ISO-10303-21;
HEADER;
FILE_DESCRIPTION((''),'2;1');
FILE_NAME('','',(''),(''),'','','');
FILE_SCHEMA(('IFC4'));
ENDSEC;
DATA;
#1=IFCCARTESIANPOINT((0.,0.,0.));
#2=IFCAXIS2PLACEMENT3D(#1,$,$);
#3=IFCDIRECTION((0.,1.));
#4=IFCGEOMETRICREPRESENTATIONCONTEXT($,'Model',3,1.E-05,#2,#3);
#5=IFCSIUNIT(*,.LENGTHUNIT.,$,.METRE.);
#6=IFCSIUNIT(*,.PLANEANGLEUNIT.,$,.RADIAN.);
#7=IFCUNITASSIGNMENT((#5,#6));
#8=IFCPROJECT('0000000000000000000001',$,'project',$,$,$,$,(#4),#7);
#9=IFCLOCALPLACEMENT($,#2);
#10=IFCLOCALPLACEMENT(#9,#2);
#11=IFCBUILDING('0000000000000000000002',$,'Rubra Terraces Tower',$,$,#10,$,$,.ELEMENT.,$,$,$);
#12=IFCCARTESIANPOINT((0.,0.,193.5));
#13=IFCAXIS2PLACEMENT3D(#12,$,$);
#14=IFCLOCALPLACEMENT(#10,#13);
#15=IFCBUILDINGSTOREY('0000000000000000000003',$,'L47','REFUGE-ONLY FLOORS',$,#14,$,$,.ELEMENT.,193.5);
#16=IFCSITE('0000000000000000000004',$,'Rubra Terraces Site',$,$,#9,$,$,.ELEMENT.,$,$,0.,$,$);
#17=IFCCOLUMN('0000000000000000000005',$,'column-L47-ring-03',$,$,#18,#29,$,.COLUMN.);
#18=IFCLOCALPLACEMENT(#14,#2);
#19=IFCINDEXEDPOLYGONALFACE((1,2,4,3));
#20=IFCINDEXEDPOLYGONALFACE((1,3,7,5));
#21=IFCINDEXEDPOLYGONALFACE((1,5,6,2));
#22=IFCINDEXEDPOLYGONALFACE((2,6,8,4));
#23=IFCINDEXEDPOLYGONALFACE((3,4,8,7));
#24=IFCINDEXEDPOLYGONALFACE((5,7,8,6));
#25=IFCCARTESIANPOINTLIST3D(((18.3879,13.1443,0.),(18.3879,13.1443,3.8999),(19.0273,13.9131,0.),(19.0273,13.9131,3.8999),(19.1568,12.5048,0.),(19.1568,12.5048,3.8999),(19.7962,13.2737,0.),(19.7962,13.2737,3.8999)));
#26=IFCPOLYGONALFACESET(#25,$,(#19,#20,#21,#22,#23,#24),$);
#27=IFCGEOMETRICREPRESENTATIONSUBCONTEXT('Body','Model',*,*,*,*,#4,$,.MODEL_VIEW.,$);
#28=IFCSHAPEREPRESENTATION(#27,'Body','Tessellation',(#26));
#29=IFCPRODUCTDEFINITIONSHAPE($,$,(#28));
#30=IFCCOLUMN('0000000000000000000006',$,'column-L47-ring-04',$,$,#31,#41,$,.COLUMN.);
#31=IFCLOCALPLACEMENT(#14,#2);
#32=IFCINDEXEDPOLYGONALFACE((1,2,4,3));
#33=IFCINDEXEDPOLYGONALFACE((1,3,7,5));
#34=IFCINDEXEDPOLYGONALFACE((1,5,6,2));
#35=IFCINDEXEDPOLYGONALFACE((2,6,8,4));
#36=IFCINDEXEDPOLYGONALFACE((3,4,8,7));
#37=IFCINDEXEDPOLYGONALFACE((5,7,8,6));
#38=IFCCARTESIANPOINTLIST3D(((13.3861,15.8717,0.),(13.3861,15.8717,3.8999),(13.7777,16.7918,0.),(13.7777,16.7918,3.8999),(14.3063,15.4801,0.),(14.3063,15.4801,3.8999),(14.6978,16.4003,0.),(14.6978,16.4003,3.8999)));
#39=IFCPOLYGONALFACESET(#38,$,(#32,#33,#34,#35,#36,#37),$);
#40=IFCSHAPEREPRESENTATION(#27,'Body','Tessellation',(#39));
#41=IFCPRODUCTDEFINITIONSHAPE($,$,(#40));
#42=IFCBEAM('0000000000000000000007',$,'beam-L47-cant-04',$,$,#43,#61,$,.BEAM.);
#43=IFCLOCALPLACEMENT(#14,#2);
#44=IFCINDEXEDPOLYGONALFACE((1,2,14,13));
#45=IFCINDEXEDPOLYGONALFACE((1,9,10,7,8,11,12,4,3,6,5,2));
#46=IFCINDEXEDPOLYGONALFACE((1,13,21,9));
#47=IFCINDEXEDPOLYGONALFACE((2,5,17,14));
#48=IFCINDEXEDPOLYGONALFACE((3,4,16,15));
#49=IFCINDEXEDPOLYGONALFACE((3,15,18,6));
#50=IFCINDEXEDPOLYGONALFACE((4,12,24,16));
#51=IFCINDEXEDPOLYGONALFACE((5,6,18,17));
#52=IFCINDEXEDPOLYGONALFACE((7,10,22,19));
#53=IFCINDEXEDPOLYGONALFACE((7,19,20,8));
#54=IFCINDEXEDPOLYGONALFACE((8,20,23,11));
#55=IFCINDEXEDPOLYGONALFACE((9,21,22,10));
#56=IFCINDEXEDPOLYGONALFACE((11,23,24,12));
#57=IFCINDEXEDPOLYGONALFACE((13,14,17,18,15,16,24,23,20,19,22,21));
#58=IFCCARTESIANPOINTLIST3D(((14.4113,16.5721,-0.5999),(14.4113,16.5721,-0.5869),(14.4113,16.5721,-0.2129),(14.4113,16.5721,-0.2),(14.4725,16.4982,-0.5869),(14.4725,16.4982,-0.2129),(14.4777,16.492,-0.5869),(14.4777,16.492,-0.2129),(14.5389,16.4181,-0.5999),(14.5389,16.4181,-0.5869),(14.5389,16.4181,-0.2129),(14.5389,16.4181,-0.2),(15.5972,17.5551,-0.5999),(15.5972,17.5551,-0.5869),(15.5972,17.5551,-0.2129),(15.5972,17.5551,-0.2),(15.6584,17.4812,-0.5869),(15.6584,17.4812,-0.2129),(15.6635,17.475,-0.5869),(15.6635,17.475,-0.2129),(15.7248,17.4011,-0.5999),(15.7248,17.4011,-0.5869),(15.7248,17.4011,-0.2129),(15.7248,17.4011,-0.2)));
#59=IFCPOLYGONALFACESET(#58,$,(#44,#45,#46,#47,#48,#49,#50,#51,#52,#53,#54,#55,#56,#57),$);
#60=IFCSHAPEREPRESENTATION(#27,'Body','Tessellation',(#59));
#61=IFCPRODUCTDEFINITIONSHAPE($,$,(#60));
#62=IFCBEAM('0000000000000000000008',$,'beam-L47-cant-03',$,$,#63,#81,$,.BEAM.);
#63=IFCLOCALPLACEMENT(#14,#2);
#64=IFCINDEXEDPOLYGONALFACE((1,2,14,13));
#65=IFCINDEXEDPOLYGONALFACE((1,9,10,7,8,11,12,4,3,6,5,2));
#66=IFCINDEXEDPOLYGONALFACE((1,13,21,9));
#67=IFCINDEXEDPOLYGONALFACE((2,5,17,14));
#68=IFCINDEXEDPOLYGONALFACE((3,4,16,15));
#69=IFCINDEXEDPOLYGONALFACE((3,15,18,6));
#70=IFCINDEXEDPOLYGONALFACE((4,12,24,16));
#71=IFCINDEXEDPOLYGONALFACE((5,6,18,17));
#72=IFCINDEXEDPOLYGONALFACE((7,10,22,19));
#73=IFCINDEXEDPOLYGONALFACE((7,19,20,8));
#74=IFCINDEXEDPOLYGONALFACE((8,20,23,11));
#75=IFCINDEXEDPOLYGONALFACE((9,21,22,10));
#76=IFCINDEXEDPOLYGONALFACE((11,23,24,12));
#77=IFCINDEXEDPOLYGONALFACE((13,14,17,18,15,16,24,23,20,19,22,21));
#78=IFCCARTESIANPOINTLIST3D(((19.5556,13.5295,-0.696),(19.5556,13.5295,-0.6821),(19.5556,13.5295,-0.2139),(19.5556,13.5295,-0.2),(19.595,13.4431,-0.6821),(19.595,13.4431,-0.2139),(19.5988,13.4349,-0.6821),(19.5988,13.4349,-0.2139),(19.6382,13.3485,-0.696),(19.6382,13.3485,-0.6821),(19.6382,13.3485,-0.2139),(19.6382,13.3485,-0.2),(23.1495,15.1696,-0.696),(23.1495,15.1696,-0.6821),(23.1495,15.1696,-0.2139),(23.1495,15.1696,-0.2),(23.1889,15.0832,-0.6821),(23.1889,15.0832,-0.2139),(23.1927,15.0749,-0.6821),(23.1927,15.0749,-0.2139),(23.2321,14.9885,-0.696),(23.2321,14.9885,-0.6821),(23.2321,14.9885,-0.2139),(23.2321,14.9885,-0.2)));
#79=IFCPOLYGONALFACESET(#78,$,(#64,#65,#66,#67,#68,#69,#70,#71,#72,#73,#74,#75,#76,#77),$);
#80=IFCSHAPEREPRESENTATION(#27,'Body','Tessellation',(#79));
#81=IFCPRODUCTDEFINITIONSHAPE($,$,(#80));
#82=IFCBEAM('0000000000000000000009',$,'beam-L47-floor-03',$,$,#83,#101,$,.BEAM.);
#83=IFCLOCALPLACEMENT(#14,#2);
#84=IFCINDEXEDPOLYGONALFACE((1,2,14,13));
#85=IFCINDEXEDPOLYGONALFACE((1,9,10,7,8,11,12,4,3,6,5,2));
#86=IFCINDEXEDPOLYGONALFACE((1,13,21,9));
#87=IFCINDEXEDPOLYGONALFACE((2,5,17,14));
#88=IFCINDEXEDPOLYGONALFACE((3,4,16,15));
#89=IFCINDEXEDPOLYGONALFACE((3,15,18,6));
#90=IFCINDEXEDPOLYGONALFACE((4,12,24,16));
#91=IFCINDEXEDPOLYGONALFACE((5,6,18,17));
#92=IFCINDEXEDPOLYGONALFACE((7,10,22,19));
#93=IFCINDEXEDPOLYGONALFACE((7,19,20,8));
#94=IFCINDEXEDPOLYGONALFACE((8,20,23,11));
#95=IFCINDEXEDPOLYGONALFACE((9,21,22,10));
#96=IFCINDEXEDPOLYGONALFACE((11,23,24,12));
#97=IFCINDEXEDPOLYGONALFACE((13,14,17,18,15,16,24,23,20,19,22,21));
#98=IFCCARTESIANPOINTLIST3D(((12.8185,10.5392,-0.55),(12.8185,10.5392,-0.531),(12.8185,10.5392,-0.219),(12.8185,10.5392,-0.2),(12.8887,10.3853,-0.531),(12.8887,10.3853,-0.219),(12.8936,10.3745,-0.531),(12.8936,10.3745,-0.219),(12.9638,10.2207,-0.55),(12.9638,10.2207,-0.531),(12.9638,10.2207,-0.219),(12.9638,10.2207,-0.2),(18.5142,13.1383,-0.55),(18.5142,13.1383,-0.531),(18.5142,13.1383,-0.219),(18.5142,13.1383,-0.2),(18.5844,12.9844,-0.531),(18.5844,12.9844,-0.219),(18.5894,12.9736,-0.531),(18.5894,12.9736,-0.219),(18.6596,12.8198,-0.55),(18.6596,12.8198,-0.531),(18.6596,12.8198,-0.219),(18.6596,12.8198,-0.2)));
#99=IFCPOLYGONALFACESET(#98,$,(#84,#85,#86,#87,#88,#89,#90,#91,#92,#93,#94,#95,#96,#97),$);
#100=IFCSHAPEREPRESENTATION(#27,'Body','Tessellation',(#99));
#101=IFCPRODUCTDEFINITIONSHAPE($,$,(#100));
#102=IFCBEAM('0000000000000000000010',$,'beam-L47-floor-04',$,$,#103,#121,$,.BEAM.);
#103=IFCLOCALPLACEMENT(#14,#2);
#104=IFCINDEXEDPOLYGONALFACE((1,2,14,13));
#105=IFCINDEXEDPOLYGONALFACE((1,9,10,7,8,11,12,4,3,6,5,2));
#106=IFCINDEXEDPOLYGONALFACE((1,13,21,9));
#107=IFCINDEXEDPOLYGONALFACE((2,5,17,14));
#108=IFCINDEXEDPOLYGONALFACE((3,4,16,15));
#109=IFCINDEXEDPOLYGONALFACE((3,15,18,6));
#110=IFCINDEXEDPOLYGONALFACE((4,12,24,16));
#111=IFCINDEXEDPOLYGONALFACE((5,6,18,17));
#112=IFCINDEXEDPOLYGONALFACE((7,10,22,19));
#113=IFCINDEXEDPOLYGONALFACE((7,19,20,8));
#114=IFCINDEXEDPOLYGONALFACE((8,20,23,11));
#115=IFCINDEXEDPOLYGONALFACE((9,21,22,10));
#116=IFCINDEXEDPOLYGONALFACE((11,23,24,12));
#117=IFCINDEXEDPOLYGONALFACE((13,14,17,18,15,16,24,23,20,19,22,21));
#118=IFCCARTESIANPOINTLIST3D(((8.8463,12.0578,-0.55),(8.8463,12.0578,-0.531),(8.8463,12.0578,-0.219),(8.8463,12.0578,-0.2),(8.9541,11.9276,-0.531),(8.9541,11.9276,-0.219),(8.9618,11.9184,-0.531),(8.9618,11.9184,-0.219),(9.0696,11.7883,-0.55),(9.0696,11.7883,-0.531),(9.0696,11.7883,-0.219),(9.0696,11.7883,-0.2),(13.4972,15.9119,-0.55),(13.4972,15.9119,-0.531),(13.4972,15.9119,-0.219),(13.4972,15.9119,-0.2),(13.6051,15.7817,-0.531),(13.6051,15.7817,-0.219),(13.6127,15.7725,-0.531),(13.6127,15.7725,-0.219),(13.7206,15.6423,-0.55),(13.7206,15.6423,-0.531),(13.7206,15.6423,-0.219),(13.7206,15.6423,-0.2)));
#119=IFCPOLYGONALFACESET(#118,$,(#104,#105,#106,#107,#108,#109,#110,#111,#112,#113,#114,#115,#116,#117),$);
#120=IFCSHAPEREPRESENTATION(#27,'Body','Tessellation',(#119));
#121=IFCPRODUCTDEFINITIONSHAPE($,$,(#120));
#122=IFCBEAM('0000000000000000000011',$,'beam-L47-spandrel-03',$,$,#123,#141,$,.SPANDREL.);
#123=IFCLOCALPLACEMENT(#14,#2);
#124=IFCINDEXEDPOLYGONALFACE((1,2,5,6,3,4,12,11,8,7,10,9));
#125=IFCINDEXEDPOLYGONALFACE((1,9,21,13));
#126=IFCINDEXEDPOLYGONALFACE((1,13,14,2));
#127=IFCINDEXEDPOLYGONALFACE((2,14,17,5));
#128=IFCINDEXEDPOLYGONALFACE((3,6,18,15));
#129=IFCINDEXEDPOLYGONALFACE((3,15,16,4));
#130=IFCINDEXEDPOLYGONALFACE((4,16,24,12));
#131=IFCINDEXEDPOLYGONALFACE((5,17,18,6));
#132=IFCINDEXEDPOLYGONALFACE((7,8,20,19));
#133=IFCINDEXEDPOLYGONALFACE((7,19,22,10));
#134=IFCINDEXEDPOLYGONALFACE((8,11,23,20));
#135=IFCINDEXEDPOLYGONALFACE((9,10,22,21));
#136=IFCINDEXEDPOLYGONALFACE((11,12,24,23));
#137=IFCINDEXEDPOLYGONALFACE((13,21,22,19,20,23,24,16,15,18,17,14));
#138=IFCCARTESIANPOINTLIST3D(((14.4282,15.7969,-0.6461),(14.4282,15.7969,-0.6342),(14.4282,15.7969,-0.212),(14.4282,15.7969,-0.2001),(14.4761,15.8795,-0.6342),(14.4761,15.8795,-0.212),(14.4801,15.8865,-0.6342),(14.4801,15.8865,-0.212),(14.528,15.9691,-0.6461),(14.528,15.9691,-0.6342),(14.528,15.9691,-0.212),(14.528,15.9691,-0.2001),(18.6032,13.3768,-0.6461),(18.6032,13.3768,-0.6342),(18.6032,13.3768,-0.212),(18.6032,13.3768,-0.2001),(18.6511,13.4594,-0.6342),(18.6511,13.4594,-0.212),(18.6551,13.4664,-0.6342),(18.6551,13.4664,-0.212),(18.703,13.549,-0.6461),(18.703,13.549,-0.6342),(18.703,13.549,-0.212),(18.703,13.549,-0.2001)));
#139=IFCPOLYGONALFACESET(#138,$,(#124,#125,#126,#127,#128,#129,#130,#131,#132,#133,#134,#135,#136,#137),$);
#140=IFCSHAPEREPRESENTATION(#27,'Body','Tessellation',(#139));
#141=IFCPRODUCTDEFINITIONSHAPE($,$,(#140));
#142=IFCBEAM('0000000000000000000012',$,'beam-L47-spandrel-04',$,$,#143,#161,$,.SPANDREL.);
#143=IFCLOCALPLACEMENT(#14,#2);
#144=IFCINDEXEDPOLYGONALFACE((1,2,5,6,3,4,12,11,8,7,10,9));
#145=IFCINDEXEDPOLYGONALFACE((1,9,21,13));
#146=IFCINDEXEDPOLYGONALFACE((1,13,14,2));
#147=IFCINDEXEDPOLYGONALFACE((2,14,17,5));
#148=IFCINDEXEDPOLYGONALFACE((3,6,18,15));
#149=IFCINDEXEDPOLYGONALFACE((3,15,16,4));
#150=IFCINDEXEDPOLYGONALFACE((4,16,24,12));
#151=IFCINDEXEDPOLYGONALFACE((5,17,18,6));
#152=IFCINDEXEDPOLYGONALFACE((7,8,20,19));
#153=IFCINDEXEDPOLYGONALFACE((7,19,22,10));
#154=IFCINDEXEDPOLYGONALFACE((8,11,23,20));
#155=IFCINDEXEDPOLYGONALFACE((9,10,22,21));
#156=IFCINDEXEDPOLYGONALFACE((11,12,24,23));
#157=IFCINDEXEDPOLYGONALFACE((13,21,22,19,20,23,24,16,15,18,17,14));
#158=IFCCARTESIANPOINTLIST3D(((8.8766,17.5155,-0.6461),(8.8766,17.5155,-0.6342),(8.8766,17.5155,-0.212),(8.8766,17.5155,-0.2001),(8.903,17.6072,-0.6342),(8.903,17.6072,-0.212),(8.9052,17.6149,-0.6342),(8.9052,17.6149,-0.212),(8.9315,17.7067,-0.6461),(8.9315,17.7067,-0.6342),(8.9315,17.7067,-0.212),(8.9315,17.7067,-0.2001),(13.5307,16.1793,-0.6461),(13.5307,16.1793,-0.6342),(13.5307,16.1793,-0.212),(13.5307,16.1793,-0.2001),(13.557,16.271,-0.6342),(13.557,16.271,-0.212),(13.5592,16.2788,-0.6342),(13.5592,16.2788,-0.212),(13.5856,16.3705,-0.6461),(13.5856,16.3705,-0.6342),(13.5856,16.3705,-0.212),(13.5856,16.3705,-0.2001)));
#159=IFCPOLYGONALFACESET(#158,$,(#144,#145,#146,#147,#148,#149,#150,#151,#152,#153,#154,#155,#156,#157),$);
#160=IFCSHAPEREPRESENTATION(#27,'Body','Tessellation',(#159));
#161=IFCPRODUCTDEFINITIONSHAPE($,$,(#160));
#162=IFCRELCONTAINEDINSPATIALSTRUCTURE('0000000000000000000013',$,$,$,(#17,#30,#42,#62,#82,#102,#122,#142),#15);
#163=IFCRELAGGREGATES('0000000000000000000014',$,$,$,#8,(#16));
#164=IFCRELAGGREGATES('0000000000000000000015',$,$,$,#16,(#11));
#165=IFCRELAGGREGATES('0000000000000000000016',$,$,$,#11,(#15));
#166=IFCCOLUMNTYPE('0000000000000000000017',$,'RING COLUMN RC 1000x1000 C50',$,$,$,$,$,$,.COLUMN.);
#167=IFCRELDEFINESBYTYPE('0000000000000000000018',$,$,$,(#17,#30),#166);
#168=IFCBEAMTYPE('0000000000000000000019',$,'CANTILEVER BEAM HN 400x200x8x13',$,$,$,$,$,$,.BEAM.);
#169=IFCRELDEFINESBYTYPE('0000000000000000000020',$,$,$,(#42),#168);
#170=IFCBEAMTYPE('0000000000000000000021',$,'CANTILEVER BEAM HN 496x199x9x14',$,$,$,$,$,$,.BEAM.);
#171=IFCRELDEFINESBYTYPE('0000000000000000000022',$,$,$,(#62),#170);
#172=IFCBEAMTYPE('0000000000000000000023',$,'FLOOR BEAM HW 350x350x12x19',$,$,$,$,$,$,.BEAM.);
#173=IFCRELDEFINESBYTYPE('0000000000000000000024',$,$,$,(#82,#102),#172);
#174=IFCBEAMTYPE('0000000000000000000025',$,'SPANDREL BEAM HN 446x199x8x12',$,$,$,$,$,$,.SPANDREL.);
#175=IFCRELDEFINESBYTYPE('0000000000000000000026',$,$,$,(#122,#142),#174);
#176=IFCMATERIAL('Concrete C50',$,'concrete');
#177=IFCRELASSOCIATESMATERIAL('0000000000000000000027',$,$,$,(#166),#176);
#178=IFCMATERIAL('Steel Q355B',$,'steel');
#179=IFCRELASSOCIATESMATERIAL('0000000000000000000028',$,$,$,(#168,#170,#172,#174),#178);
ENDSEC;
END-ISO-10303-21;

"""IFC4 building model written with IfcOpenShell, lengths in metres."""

from ifc_helpers import new_model, si_unit, direction, frame, origin, origin_2d, place, context, subcontext, project, spatial, rectangle, i_section, extrude, material, material_profile, profile_set, type_object, element, save


model = new_model("IFC4")

# Units and contexts
model_context = context("Model", 3, precision=1e-05, world=origin(), true_north=direction((0.0, 1.0)))
body_context = subcontext(model_context, "Body", "Model", "MODEL_VIEW")
ifc_project = project(units=[si_unit("LENGTHUNIT", "METRE"), si_unit("PLANEANGLEUNIT", "RADIAN")], contexts=[model_context])

# Site, building, storey
site_placement = place(None, origin())
site = spatial("IfcSite", under=ifc_project, at=site_placement, Name="Rubra Terraces Site", CompositionType="ELEMENT", RefElevation=0.0)
building_placement = place(site_placement, origin())
building = spatial("IfcBuilding", under=site, at=building_placement, Name="Rubra Terraces Tower", CompositionType="ELEMENT")
storey_placement = place(building_placement, frame((0.0, 0.0, 193.5)))
storey = spatial("IfcBuildingStorey", under=building, at=storey_placement, Name="L47", Description="REFUGE-ONLY FLOORS", CompositionType="ELEMENT", Elevation=193.5)

# Columns
ifc_material_1 = material(Name="Concrete C50", Category="concrete")
ifc_material_profile_1 = material_profile(ifc_material_1, rectangle(XDim=1.0, YDim=1.0, at=origin_2d()), Name="RC 1000x1000")
ifc_profile_set_1 = profile_set([ifc_material_profile_1], Name="Concrete C50")
column_type = type_object("IfcColumnType", Name="RING COLUMN RC 1000x1000 C50", PredefinedType="COLUMN", material=ifc_profile_set_1)
for number, where, z_axis, x_axis, name in (
    (1, (19.092, 13.209, 0.0), (0.0, 0.0, 1.0), (-0.76887, 0.639405, 0.0), "column-L47-ring-03"),
    (2, (14.042, 16.136, 0.0), (0.0, 0.0, 1.0), (-0.920168, 0.391524, 0.0), "column-L47-ring-04"),
):
    element("IfcColumn", number, at=place(storey_placement, frame(where, z_axis=z_axis, x_axis=x_axis)), inside=storey, type_object=column_type, Name=name, PredefinedType="COLUMN", context=body_context, shape_type="SweptSolid", body=[
        extrude(rectangle(XDim=1.0, YDim=1.0, at=origin_2d()), origin(), (0.0, 0.0, 1.0), 3.8999),
    ])

# Beams
ifc_material_2 = material(Name="Steel Q355B", Category="steel")
ifc_material_profile_2 = material_profile(ifc_material_2, i_section(OverallWidth=0.2, OverallDepth=0.3999, WebThickness=0.0081, FlangeThickness=0.0129, at=origin_2d()), Name="HN 400x200x8x13")
ifc_profile_set_2 = profile_set([ifc_material_profile_2], Name="Steel Q355B")
beam_type_1 = type_object("IfcBeamType", Name="CANTILEVER BEAM HN 400x200x8x13", PredefinedType="BEAM", material=ifc_profile_set_2)
beam_1_placement = place(storey_placement, frame((14.4751, 16.4951, -0.3999), z_axis=(0.769895, 0.638171, 0.0), x_axis=(-0.638171, 0.769895, 0.0)))
element("IfcBeam", 3, at=beam_1_placement, inside=storey, type_object=beam_type_1, Name="beam-L47-cant-04", PredefinedType="BEAM", context=body_context, shape_type="SweptSolid", body=[
    extrude(i_section(OverallWidth=0.2, OverallDepth=0.3999, WebThickness=0.0081, FlangeThickness=0.0129, at=origin_2d()), origin(), (0.0, 0.0, 1.0), 1.5403),
])
ifc_material_profile_3 = material_profile(ifc_material_2, i_section(OverallWidth=0.199, OverallDepth=0.4961, WebThickness=0.009, FlangeThickness=0.0139, at=origin_2d()), Name="HN 496x199x9x14")
ifc_profile_set_3 = profile_set([ifc_material_profile_3], Name="Steel Q355B")
beam_type_2 = type_object("IfcBeamType", Name="CANTILEVER BEAM HN 496x199x9x14", PredefinedType="BEAM", material=ifc_profile_set_3)
beam_2_placement = place(storey_placement, frame((19.5969, 13.439, -0.448), z_axis=(0.909745, 0.415167, 0.0), x_axis=(-0.415167, 0.909745, 0.0)))
element("IfcBeam", 4, at=beam_2_placement, inside=storey, type_object=beam_type_2, Name="beam-L47-cant-03", PredefinedType="BEAM", context=body_context, shape_type="SweptSolid", body=[
    extrude(i_section(OverallWidth=0.199, OverallDepth=0.4961, WebThickness=0.009, FlangeThickness=0.0139, at=origin_2d()), origin(), (0.0, 0.0, 1.0), 3.9504),
])
ifc_material_profile_4 = material_profile(ifc_material_2, i_section(OverallWidth=0.3501, OverallDepth=0.3501, WebThickness=0.012, FlangeThickness=0.019, at=origin_2d()), Name="HW 350x350x12x19")
ifc_profile_set_4 = profile_set([ifc_material_profile_4], Name="Steel Q355B")
beam_type_3 = type_object("IfcBeamType", Name="FLOOR BEAM HW 350x350x12x19", PredefinedType="BEAM", material=ifc_profile_set_4)
beam_3_placement = place(storey_placement, frame((18.5869, 12.979, -0.375), z_axis=(-0.909757, -0.415142, 0.0), x_axis=(0.415142, -0.909757, 0.0)))
element("IfcBeam", 5, at=beam_3_placement, inside=storey, type_object=beam_type_3, Name="beam-L47-floor-03", PredefinedType="BEAM", context=body_context, shape_type="SweptSolid", body=[
    extrude(i_section(OverallWidth=0.3501, OverallDepth=0.3501, WebThickness=0.012, FlangeThickness=0.019, at=origin_2d()), origin(), (0.0, 0.0, 1.0), 6.2607),
])
beam_4_placement = place(storey_placement, frame((13.6089, 15.7771, -0.375), z_axis=(-0.769988, -0.638059, 0.0), x_axis=(0.638059, -0.769988, 0.0)))
element("IfcBeam", 6, at=beam_4_placement, inside=storey, type_object=beam_type_3, Name="beam-L47-floor-04", PredefinedType="BEAM", context=body_context, shape_type="SweptSolid", body=[
    extrude(i_section(OverallWidth=0.3501, OverallDepth=0.3501, WebThickness=0.012, FlangeThickness=0.019, at=origin_2d()), origin(), (0.0, 0.0, 1.0), 6.0403),
])
ifc_material_profile_5 = material_profile(ifc_material_2, i_section(OverallWidth=0.199, OverallDepth=0.446, WebThickness=0.0081, FlangeThickness=0.012, at=origin_2d()), Name="HN 446x199x8x12")
ifc_profile_set_5 = profile_set([ifc_material_profile_5], Name="Steel Q355B")
beam_type_4 = type_object("IfcBeamType", Name="SPANDREL BEAM HN 446x199x8x12", PredefinedType="SPANDREL", material=ifc_profile_set_5)
beam_5_placement = place(storey_placement, frame((18.6531, 13.4629, -0.4231), z_axis=(-0.865154, 0.501507, 0.0), x_axis=(-0.501507, -0.865154, 0.0)))
element("IfcBeam", 7, at=beam_5_placement, inside=storey, type_object=beam_type_4, Name="beam-L47-spandrel-03", PredefinedType="SPANDREL", context=body_context, shape_type="SweptSolid", body=[
    extrude(i_section(OverallWidth=0.199, OverallDepth=0.446, WebThickness=0.0081, FlangeThickness=0.012, at=origin_2d()), origin(), (0.0, 0.0, 1.0), 4.8257),
])
beam_6_placement = place(storey_placement, frame((13.5581, 16.2749, -0.4231), z_axis=(-0.961171, 0.275953, 0.0), x_axis=(-0.275953, -0.961171, 0.0)))
element("IfcBeam", 8, at=beam_6_placement, inside=storey, type_object=beam_type_4, Name="beam-L47-spandrel-04", PredefinedType="SPANDREL", context=body_context, shape_type="SweptSolid", body=[
    extrude(i_section(OverallWidth=0.199, OverallDepth=0.446, WebThickness=0.0081, FlangeThickness=0.012, at=origin_2d()), origin(), (0.0, 0.0, 1.0), 4.842),
])

save(model, "model.ifc")
